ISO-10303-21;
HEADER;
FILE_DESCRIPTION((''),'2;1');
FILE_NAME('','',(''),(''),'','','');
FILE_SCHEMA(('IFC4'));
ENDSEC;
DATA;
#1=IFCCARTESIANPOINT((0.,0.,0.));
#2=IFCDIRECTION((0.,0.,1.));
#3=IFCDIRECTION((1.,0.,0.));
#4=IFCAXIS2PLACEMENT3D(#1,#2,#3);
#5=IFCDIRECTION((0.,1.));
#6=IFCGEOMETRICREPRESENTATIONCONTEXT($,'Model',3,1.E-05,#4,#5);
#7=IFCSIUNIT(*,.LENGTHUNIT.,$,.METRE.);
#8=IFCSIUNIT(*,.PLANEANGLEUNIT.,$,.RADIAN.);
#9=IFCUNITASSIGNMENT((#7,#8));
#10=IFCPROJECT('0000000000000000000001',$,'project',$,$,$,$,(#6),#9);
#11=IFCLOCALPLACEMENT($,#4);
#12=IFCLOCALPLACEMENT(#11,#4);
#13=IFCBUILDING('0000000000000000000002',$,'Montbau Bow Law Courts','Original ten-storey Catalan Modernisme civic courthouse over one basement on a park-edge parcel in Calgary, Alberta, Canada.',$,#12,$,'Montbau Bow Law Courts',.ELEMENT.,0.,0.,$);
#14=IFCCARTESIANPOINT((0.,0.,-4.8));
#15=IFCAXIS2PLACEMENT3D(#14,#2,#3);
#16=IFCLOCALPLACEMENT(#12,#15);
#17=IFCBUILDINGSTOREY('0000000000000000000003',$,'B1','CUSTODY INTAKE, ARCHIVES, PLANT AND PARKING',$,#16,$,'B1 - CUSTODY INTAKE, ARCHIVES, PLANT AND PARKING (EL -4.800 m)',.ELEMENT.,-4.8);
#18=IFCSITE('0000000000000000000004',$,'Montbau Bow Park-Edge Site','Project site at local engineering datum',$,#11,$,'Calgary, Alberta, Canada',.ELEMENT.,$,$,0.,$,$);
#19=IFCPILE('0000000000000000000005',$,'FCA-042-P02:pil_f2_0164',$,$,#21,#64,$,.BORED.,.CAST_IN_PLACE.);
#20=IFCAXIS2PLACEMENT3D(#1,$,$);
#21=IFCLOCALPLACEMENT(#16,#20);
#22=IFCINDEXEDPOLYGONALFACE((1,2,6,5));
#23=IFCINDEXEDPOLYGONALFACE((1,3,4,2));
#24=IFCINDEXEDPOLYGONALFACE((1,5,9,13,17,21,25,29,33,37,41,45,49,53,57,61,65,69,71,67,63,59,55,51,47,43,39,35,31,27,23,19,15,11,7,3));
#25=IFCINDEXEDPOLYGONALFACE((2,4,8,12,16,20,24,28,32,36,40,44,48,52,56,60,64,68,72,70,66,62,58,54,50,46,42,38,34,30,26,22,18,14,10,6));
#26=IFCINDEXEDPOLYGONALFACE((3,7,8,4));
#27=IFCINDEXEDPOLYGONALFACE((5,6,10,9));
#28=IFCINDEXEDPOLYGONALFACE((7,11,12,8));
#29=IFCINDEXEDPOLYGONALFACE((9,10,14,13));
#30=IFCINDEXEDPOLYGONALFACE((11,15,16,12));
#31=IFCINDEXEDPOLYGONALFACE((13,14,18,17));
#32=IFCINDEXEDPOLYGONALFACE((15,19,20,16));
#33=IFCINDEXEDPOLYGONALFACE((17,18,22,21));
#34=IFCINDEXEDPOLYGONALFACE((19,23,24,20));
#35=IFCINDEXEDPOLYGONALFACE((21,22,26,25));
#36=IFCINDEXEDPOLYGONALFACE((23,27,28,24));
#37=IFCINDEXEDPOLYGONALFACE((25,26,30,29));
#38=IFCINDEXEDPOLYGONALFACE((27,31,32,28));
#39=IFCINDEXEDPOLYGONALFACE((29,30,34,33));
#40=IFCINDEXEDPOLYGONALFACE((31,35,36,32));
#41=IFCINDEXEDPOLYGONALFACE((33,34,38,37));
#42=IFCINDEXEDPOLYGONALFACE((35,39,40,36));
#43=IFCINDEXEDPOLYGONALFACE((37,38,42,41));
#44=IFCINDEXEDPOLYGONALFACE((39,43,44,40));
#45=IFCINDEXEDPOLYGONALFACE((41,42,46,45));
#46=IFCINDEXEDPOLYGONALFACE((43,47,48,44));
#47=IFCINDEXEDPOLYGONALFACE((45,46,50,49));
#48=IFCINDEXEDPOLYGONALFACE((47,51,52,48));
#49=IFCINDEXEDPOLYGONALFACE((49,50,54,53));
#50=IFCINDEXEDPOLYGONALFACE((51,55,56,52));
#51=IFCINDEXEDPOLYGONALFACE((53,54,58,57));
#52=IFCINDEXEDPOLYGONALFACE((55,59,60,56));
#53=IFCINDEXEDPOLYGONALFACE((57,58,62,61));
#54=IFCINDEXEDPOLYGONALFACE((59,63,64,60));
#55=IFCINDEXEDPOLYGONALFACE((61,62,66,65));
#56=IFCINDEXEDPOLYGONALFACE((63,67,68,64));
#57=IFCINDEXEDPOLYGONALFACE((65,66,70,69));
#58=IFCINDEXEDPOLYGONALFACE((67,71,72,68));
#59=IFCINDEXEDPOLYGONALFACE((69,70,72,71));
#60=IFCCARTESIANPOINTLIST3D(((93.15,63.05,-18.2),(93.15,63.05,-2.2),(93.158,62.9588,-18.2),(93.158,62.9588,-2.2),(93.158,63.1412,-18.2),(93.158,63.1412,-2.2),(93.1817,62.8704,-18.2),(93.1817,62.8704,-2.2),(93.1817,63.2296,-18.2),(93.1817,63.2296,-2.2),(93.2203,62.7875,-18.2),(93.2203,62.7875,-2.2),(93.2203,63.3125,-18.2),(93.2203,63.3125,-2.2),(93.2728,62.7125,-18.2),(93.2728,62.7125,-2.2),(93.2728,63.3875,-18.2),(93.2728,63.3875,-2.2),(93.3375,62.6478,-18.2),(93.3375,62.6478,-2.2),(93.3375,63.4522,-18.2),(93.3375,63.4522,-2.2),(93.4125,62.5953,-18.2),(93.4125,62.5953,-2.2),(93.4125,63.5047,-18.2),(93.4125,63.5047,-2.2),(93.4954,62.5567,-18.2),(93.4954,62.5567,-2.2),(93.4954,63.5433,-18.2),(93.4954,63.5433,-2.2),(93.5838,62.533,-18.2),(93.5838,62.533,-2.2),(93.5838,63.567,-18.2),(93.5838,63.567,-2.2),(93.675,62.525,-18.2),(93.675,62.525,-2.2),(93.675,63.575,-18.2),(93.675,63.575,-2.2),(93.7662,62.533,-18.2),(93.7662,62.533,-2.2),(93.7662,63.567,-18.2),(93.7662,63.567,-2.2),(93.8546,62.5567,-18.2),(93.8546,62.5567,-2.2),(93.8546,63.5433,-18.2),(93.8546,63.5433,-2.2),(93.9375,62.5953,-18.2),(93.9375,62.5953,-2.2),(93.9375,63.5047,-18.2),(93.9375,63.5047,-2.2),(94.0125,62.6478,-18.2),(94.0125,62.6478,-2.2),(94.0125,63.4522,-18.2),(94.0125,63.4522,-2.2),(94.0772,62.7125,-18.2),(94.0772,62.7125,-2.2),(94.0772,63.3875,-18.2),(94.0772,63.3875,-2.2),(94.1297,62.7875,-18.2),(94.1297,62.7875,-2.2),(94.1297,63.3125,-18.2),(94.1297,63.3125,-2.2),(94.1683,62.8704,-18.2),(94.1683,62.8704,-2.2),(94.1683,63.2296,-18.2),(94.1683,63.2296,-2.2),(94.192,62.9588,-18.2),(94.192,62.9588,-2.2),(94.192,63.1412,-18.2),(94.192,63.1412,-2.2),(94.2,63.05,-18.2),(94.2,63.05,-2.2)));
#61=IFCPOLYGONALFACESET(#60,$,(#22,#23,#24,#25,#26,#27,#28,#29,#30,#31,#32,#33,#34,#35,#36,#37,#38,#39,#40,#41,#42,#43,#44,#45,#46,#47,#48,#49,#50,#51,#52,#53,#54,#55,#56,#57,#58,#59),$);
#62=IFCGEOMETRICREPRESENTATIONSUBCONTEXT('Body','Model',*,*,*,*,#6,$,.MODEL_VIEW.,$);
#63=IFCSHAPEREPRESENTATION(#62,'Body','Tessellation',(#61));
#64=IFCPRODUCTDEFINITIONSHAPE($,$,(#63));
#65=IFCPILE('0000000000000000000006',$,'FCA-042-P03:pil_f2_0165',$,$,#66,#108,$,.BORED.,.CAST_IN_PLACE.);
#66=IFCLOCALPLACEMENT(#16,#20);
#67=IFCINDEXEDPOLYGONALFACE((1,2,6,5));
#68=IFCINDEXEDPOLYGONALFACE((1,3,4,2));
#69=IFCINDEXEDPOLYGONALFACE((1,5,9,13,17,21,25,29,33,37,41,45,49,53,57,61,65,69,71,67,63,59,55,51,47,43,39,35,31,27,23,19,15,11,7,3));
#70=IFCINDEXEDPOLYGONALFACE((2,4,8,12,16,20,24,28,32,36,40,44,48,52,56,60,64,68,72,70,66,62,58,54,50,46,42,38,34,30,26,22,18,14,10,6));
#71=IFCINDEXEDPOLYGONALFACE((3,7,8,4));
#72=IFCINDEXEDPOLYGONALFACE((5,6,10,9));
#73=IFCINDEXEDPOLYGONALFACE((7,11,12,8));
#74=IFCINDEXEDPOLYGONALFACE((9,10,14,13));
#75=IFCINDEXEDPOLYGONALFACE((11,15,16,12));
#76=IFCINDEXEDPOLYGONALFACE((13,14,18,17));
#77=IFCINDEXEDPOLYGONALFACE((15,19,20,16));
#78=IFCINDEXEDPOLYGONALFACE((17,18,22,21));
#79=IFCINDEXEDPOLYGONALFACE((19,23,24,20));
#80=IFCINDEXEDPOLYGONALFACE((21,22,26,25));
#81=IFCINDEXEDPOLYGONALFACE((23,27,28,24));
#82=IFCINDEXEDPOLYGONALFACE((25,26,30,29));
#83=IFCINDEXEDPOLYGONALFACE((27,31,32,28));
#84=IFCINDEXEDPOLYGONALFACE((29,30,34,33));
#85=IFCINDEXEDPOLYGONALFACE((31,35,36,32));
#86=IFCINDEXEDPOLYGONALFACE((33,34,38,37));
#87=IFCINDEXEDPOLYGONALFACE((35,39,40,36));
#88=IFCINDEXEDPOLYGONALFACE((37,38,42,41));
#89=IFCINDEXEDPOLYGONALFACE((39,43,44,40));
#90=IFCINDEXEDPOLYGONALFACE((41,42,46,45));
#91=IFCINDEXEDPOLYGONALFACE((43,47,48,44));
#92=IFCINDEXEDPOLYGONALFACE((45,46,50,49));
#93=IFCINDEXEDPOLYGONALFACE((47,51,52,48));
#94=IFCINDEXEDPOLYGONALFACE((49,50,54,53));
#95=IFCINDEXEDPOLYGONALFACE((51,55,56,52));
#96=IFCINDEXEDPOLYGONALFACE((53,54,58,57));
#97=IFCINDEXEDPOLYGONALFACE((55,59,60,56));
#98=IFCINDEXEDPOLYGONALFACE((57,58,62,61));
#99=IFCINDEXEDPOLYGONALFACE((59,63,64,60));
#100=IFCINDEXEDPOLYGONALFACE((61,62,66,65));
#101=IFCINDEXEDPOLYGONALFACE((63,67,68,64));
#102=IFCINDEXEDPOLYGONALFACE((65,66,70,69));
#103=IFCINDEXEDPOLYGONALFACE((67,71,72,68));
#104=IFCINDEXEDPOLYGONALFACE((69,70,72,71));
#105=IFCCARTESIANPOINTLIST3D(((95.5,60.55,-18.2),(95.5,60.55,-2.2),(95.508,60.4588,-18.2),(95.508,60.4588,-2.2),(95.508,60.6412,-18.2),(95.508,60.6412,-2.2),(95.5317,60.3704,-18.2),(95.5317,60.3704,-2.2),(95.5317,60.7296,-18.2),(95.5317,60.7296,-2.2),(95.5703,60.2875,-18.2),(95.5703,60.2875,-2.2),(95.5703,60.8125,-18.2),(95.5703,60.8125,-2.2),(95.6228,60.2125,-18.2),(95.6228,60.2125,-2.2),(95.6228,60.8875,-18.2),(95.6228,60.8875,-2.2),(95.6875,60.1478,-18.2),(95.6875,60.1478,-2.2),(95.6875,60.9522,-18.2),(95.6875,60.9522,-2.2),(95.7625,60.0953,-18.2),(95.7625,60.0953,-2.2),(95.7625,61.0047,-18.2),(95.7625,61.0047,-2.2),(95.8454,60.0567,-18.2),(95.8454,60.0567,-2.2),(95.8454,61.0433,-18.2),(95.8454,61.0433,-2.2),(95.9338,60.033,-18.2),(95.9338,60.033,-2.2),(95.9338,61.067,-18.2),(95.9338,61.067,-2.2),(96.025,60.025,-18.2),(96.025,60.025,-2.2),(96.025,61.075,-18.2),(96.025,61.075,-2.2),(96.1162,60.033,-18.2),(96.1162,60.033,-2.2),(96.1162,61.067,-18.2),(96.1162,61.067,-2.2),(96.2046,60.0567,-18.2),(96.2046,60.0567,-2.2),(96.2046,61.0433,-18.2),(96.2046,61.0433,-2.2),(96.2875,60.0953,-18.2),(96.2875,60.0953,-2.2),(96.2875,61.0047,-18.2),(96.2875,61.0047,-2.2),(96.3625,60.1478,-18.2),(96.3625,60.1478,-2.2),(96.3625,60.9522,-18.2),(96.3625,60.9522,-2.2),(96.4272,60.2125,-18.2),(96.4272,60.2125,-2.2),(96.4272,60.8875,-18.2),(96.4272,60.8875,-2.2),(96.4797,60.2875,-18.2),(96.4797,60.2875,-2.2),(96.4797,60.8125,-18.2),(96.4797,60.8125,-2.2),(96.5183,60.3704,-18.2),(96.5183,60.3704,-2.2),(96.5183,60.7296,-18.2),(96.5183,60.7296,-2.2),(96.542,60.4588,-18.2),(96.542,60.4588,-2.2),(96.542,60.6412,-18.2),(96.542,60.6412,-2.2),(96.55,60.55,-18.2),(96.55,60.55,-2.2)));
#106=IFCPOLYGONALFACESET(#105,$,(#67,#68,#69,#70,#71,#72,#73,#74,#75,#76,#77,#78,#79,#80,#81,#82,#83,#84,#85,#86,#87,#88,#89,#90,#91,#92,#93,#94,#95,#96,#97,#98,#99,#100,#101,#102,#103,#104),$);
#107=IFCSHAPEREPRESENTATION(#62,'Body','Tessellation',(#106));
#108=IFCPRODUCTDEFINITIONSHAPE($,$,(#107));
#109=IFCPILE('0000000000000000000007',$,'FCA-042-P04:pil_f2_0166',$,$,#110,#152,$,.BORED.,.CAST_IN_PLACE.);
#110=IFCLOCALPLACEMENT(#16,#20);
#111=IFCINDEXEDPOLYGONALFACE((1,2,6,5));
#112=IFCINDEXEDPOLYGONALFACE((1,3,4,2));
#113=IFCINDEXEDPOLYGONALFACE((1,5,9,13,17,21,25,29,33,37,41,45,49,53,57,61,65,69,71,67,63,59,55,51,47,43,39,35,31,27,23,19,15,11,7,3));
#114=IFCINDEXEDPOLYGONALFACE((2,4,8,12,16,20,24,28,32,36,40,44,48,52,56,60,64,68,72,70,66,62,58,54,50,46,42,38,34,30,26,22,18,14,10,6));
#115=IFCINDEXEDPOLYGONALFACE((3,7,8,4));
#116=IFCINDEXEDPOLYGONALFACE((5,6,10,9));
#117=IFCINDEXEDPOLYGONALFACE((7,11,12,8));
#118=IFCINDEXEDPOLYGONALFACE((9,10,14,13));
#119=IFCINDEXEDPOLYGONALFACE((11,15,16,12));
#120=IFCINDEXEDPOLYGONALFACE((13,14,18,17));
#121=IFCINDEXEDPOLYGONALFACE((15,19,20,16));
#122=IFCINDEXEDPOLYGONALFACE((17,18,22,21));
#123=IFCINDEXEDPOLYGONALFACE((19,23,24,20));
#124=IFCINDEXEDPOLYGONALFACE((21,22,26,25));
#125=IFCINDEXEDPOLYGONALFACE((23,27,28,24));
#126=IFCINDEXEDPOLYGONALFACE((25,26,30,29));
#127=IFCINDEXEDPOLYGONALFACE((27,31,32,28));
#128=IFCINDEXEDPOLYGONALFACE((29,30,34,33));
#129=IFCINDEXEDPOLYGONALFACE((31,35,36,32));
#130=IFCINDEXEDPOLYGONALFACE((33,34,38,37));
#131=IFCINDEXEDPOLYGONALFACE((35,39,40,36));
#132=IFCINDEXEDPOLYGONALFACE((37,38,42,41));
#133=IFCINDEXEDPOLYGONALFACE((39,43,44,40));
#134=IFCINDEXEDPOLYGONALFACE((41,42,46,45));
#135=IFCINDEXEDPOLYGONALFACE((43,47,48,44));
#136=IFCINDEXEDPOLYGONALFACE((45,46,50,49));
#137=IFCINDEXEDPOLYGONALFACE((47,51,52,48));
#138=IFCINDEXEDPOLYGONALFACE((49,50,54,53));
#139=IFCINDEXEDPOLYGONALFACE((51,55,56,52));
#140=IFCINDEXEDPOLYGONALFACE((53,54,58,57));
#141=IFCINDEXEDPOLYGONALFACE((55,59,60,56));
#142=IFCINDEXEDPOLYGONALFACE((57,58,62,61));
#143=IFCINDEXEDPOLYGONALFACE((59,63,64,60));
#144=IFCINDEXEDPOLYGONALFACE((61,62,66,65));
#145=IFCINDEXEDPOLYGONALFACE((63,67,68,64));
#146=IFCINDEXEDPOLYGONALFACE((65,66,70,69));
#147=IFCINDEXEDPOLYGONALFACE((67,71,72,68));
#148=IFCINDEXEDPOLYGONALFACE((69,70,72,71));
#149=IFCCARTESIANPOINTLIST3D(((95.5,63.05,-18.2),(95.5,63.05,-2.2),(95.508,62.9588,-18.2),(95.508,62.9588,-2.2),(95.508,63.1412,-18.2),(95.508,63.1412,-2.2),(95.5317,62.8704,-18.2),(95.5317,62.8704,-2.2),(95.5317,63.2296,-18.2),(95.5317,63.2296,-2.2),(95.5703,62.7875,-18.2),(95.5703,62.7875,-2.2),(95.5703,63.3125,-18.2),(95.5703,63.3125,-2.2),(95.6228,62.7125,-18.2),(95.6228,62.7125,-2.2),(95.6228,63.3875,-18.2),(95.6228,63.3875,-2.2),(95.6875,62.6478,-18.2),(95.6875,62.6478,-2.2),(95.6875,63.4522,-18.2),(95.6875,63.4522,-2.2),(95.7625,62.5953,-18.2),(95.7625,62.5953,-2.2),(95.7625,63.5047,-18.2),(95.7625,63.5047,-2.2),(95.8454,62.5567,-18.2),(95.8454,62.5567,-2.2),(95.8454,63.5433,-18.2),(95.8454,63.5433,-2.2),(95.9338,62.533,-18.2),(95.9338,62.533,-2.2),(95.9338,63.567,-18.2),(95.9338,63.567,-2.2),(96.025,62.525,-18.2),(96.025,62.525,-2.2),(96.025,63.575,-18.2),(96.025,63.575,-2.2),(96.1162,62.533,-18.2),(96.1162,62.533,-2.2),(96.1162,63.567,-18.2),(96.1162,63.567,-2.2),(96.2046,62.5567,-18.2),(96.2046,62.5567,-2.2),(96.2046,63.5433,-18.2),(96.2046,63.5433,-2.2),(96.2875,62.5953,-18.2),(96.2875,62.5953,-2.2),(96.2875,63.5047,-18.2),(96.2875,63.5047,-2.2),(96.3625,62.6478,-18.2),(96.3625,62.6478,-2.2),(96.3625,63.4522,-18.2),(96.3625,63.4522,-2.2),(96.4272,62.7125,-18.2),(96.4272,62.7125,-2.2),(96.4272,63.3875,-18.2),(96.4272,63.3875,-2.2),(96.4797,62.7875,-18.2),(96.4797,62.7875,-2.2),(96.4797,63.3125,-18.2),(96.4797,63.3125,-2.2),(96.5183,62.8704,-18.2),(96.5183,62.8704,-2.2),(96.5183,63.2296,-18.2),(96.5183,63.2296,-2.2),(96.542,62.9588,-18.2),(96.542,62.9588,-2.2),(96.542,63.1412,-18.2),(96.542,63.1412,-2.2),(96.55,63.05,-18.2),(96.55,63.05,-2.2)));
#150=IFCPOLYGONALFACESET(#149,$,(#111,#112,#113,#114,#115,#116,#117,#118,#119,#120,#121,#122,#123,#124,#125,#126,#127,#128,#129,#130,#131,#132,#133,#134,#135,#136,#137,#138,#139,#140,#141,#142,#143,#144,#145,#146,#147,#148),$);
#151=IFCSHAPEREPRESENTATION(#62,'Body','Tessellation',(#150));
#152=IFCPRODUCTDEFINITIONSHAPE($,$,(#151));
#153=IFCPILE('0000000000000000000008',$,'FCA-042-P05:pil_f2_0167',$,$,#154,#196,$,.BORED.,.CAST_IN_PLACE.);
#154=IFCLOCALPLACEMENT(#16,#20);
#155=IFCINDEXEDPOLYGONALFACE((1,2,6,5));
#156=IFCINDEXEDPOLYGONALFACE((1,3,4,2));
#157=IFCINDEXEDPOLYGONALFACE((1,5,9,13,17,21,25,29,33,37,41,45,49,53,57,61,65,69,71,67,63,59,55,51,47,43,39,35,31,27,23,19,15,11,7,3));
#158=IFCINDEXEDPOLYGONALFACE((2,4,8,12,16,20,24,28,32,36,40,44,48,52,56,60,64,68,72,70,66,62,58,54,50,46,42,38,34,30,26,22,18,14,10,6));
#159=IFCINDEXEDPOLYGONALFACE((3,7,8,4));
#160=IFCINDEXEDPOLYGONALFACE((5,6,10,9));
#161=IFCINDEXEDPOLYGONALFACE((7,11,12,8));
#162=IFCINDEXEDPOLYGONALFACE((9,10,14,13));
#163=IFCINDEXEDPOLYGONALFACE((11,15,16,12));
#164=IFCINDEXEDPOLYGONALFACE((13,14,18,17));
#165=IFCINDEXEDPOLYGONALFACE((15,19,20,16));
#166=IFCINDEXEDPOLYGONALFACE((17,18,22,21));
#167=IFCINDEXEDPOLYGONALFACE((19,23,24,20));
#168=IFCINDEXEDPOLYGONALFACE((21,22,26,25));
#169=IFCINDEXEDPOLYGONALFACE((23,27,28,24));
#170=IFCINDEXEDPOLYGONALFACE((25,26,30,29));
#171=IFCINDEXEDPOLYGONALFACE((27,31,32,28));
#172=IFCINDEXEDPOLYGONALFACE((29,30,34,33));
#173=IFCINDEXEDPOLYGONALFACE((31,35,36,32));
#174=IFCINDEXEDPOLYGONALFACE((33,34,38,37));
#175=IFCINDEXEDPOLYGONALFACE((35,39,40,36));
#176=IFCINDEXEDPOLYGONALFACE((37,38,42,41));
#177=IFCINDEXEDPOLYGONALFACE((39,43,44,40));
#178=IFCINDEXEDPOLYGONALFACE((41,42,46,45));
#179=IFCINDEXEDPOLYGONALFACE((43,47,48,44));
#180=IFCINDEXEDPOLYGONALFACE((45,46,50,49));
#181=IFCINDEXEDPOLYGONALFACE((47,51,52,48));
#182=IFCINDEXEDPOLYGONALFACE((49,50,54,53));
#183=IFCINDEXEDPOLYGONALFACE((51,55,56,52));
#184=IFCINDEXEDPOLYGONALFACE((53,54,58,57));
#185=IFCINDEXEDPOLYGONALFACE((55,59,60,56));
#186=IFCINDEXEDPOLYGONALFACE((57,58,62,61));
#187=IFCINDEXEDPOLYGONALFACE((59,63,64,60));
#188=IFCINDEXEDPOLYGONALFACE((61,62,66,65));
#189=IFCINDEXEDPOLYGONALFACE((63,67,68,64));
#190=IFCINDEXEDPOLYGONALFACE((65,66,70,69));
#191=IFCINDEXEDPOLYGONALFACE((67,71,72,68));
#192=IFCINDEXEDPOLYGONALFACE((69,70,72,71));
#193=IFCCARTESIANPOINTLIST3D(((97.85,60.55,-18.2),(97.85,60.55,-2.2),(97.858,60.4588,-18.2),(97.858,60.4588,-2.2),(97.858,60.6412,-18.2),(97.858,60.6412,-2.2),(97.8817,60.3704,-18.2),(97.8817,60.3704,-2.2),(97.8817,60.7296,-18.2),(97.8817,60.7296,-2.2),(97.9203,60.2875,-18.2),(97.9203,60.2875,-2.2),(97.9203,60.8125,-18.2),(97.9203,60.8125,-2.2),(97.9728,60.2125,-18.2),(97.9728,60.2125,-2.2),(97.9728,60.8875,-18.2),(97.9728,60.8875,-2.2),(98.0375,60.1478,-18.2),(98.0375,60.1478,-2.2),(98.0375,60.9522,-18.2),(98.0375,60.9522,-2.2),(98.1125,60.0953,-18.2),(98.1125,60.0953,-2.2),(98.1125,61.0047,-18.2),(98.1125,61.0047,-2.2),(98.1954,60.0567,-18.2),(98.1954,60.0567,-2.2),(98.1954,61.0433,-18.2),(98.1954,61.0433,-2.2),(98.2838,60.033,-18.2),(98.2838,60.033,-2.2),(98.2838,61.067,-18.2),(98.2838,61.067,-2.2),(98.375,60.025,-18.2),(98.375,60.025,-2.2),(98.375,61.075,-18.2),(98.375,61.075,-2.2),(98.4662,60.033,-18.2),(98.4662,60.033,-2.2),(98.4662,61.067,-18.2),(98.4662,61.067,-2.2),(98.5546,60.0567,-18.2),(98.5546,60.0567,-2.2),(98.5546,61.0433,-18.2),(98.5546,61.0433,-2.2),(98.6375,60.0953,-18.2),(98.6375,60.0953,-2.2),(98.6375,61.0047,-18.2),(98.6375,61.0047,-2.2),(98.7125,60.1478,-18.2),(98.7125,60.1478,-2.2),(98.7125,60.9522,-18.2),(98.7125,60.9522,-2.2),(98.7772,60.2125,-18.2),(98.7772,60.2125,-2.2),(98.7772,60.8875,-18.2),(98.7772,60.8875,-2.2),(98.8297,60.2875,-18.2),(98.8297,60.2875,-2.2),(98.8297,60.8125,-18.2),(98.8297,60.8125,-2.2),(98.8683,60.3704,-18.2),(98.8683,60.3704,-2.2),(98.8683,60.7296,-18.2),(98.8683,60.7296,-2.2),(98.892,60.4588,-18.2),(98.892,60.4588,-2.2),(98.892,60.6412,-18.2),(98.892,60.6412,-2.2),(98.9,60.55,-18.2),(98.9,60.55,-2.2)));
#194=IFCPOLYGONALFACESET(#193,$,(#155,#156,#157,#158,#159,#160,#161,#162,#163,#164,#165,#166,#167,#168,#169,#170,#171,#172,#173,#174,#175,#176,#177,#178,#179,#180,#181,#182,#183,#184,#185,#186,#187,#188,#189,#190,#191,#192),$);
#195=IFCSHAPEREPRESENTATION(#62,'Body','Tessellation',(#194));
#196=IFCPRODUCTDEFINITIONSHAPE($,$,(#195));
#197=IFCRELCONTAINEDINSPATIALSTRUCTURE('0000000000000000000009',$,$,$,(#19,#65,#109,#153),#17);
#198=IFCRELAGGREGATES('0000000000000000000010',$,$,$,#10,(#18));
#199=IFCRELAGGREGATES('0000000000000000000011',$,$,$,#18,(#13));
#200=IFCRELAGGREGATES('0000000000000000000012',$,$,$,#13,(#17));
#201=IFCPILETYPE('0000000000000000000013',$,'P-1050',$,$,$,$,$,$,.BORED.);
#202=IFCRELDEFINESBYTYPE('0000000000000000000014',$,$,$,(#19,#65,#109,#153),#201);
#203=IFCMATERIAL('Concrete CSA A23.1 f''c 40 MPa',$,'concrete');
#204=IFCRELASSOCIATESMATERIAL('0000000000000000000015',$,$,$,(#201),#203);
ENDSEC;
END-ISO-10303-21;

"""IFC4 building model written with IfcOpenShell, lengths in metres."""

from ifc_helpers import new_model, si_unit, direction, frame, origin_with_axes, origin_2d_with_axis, place, context, subcontext, project, spatial, circle, extrude, material, material_profile, profile_set, type_object, element, save


model = new_model("IFC4")

# Units and contexts
model_context = context("Model", 3, precision=1e-05, world=origin_with_axes(), true_north=direction((0.0, 1.0)))
body_context = subcontext(model_context, "Body", "Model", "MODEL_VIEW")
ifc_project = project(units=[si_unit("LENGTHUNIT", "METRE"), si_unit("PLANEANGLEUNIT", "RADIAN")], contexts=[model_context])

# Site, building, storey
site_placement = place(None, origin_with_axes())
site = spatial("IfcSite", under=ifc_project, at=site_placement, Name="Montbau Bow Park-Edge Site", Description="Project site at local engineering datum", LongName="Calgary, Alberta, Canada", CompositionType="ELEMENT", RefElevation=0.0)
building_placement = place(site_placement, origin_with_axes())
building = spatial("IfcBuilding", under=site, at=building_placement, Name="Montbau Bow Law Courts", Description="Original ten-storey Catalan Modernisme civic courthouse over one basement on a park-edge parcel in Calgary, Alberta, Canada.", LongName="Montbau Bow Law Courts", CompositionType="ELEMENT", ElevationOfRefHeight=0.0, ElevationOfTerrain=0.0)
storey_placement = place(building_placement, frame((0.0, 0.0, -4.8), z_axis=(0.0, 0.0, 1.0), x_axis=(1.0, 0.0, 0.0)))
storey = spatial("IfcBuildingStorey", under=building, at=storey_placement, Name="B1", Description="CUSTODY INTAKE, ARCHIVES, PLANT AND PARKING", LongName="B1 - CUSTODY INTAKE, ARCHIVES, PLANT AND PARKING (EL -4.800 m)", CompositionType="ELEMENT", Elevation=-4.8)

# Piles
ifc_material_1 = material(Name="Concrete CSA A23.1 f'c 40 MPa", Category="concrete")
ifc_material_profile_1 = material_profile(ifc_material_1, circle(Radius=0.525, at=origin_2d_with_axis()), Name="BP1050", Category="Main", Priority=0)
ifc_profile_set_1 = profile_set([ifc_material_profile_1], Name="Concrete CSA A23.1 f'c 40 MPa")
pile_type_1 = type_object("IfcPileType", Name="P-1050", PredefinedType="BORED", material=ifc_profile_set_1)
for number, where, z_axis, x_axis, name in (
    (1, (93.675, 63.05, -23.0), (0.0, 0.0, 1.0), (1.0, 0.0, 0.0), "FCA-042-P02:pil_f2_0164"),
    (2, (96.025, 60.55, -23.0), (0.0, 0.0, 1.0), (1.0, 0.0, 0.0), "FCA-042-P03:pil_f2_0165"),
    (3, (96.025, 63.05, -23.0), (0.0, 0.0, 1.0), (1.0, 0.0, 0.0), "FCA-042-P04:pil_f2_0166"),
    (4, (98.375, 60.55, -23.0), (0.0, 0.0, 1.0), (1.0, 0.0, 0.0), "FCA-042-P05:pil_f2_0167"),
):
    element("IfcPile", number, at=place(None, frame(where, z_axis=z_axis, x_axis=x_axis)), inside=storey, type_object=pile_type_1, Name=name, ConstructionType="CAST_IN_PLACE", PredefinedType="BORED", context=body_context, shape_type="SweptSolid", body=[
        extrude(circle(Radius=0.525, at=origin_2d_with_axis()), origin_with_axes(), (0.0, 0.0, 1.0), 16.0),
    ])

save(model, "model.ifc")
